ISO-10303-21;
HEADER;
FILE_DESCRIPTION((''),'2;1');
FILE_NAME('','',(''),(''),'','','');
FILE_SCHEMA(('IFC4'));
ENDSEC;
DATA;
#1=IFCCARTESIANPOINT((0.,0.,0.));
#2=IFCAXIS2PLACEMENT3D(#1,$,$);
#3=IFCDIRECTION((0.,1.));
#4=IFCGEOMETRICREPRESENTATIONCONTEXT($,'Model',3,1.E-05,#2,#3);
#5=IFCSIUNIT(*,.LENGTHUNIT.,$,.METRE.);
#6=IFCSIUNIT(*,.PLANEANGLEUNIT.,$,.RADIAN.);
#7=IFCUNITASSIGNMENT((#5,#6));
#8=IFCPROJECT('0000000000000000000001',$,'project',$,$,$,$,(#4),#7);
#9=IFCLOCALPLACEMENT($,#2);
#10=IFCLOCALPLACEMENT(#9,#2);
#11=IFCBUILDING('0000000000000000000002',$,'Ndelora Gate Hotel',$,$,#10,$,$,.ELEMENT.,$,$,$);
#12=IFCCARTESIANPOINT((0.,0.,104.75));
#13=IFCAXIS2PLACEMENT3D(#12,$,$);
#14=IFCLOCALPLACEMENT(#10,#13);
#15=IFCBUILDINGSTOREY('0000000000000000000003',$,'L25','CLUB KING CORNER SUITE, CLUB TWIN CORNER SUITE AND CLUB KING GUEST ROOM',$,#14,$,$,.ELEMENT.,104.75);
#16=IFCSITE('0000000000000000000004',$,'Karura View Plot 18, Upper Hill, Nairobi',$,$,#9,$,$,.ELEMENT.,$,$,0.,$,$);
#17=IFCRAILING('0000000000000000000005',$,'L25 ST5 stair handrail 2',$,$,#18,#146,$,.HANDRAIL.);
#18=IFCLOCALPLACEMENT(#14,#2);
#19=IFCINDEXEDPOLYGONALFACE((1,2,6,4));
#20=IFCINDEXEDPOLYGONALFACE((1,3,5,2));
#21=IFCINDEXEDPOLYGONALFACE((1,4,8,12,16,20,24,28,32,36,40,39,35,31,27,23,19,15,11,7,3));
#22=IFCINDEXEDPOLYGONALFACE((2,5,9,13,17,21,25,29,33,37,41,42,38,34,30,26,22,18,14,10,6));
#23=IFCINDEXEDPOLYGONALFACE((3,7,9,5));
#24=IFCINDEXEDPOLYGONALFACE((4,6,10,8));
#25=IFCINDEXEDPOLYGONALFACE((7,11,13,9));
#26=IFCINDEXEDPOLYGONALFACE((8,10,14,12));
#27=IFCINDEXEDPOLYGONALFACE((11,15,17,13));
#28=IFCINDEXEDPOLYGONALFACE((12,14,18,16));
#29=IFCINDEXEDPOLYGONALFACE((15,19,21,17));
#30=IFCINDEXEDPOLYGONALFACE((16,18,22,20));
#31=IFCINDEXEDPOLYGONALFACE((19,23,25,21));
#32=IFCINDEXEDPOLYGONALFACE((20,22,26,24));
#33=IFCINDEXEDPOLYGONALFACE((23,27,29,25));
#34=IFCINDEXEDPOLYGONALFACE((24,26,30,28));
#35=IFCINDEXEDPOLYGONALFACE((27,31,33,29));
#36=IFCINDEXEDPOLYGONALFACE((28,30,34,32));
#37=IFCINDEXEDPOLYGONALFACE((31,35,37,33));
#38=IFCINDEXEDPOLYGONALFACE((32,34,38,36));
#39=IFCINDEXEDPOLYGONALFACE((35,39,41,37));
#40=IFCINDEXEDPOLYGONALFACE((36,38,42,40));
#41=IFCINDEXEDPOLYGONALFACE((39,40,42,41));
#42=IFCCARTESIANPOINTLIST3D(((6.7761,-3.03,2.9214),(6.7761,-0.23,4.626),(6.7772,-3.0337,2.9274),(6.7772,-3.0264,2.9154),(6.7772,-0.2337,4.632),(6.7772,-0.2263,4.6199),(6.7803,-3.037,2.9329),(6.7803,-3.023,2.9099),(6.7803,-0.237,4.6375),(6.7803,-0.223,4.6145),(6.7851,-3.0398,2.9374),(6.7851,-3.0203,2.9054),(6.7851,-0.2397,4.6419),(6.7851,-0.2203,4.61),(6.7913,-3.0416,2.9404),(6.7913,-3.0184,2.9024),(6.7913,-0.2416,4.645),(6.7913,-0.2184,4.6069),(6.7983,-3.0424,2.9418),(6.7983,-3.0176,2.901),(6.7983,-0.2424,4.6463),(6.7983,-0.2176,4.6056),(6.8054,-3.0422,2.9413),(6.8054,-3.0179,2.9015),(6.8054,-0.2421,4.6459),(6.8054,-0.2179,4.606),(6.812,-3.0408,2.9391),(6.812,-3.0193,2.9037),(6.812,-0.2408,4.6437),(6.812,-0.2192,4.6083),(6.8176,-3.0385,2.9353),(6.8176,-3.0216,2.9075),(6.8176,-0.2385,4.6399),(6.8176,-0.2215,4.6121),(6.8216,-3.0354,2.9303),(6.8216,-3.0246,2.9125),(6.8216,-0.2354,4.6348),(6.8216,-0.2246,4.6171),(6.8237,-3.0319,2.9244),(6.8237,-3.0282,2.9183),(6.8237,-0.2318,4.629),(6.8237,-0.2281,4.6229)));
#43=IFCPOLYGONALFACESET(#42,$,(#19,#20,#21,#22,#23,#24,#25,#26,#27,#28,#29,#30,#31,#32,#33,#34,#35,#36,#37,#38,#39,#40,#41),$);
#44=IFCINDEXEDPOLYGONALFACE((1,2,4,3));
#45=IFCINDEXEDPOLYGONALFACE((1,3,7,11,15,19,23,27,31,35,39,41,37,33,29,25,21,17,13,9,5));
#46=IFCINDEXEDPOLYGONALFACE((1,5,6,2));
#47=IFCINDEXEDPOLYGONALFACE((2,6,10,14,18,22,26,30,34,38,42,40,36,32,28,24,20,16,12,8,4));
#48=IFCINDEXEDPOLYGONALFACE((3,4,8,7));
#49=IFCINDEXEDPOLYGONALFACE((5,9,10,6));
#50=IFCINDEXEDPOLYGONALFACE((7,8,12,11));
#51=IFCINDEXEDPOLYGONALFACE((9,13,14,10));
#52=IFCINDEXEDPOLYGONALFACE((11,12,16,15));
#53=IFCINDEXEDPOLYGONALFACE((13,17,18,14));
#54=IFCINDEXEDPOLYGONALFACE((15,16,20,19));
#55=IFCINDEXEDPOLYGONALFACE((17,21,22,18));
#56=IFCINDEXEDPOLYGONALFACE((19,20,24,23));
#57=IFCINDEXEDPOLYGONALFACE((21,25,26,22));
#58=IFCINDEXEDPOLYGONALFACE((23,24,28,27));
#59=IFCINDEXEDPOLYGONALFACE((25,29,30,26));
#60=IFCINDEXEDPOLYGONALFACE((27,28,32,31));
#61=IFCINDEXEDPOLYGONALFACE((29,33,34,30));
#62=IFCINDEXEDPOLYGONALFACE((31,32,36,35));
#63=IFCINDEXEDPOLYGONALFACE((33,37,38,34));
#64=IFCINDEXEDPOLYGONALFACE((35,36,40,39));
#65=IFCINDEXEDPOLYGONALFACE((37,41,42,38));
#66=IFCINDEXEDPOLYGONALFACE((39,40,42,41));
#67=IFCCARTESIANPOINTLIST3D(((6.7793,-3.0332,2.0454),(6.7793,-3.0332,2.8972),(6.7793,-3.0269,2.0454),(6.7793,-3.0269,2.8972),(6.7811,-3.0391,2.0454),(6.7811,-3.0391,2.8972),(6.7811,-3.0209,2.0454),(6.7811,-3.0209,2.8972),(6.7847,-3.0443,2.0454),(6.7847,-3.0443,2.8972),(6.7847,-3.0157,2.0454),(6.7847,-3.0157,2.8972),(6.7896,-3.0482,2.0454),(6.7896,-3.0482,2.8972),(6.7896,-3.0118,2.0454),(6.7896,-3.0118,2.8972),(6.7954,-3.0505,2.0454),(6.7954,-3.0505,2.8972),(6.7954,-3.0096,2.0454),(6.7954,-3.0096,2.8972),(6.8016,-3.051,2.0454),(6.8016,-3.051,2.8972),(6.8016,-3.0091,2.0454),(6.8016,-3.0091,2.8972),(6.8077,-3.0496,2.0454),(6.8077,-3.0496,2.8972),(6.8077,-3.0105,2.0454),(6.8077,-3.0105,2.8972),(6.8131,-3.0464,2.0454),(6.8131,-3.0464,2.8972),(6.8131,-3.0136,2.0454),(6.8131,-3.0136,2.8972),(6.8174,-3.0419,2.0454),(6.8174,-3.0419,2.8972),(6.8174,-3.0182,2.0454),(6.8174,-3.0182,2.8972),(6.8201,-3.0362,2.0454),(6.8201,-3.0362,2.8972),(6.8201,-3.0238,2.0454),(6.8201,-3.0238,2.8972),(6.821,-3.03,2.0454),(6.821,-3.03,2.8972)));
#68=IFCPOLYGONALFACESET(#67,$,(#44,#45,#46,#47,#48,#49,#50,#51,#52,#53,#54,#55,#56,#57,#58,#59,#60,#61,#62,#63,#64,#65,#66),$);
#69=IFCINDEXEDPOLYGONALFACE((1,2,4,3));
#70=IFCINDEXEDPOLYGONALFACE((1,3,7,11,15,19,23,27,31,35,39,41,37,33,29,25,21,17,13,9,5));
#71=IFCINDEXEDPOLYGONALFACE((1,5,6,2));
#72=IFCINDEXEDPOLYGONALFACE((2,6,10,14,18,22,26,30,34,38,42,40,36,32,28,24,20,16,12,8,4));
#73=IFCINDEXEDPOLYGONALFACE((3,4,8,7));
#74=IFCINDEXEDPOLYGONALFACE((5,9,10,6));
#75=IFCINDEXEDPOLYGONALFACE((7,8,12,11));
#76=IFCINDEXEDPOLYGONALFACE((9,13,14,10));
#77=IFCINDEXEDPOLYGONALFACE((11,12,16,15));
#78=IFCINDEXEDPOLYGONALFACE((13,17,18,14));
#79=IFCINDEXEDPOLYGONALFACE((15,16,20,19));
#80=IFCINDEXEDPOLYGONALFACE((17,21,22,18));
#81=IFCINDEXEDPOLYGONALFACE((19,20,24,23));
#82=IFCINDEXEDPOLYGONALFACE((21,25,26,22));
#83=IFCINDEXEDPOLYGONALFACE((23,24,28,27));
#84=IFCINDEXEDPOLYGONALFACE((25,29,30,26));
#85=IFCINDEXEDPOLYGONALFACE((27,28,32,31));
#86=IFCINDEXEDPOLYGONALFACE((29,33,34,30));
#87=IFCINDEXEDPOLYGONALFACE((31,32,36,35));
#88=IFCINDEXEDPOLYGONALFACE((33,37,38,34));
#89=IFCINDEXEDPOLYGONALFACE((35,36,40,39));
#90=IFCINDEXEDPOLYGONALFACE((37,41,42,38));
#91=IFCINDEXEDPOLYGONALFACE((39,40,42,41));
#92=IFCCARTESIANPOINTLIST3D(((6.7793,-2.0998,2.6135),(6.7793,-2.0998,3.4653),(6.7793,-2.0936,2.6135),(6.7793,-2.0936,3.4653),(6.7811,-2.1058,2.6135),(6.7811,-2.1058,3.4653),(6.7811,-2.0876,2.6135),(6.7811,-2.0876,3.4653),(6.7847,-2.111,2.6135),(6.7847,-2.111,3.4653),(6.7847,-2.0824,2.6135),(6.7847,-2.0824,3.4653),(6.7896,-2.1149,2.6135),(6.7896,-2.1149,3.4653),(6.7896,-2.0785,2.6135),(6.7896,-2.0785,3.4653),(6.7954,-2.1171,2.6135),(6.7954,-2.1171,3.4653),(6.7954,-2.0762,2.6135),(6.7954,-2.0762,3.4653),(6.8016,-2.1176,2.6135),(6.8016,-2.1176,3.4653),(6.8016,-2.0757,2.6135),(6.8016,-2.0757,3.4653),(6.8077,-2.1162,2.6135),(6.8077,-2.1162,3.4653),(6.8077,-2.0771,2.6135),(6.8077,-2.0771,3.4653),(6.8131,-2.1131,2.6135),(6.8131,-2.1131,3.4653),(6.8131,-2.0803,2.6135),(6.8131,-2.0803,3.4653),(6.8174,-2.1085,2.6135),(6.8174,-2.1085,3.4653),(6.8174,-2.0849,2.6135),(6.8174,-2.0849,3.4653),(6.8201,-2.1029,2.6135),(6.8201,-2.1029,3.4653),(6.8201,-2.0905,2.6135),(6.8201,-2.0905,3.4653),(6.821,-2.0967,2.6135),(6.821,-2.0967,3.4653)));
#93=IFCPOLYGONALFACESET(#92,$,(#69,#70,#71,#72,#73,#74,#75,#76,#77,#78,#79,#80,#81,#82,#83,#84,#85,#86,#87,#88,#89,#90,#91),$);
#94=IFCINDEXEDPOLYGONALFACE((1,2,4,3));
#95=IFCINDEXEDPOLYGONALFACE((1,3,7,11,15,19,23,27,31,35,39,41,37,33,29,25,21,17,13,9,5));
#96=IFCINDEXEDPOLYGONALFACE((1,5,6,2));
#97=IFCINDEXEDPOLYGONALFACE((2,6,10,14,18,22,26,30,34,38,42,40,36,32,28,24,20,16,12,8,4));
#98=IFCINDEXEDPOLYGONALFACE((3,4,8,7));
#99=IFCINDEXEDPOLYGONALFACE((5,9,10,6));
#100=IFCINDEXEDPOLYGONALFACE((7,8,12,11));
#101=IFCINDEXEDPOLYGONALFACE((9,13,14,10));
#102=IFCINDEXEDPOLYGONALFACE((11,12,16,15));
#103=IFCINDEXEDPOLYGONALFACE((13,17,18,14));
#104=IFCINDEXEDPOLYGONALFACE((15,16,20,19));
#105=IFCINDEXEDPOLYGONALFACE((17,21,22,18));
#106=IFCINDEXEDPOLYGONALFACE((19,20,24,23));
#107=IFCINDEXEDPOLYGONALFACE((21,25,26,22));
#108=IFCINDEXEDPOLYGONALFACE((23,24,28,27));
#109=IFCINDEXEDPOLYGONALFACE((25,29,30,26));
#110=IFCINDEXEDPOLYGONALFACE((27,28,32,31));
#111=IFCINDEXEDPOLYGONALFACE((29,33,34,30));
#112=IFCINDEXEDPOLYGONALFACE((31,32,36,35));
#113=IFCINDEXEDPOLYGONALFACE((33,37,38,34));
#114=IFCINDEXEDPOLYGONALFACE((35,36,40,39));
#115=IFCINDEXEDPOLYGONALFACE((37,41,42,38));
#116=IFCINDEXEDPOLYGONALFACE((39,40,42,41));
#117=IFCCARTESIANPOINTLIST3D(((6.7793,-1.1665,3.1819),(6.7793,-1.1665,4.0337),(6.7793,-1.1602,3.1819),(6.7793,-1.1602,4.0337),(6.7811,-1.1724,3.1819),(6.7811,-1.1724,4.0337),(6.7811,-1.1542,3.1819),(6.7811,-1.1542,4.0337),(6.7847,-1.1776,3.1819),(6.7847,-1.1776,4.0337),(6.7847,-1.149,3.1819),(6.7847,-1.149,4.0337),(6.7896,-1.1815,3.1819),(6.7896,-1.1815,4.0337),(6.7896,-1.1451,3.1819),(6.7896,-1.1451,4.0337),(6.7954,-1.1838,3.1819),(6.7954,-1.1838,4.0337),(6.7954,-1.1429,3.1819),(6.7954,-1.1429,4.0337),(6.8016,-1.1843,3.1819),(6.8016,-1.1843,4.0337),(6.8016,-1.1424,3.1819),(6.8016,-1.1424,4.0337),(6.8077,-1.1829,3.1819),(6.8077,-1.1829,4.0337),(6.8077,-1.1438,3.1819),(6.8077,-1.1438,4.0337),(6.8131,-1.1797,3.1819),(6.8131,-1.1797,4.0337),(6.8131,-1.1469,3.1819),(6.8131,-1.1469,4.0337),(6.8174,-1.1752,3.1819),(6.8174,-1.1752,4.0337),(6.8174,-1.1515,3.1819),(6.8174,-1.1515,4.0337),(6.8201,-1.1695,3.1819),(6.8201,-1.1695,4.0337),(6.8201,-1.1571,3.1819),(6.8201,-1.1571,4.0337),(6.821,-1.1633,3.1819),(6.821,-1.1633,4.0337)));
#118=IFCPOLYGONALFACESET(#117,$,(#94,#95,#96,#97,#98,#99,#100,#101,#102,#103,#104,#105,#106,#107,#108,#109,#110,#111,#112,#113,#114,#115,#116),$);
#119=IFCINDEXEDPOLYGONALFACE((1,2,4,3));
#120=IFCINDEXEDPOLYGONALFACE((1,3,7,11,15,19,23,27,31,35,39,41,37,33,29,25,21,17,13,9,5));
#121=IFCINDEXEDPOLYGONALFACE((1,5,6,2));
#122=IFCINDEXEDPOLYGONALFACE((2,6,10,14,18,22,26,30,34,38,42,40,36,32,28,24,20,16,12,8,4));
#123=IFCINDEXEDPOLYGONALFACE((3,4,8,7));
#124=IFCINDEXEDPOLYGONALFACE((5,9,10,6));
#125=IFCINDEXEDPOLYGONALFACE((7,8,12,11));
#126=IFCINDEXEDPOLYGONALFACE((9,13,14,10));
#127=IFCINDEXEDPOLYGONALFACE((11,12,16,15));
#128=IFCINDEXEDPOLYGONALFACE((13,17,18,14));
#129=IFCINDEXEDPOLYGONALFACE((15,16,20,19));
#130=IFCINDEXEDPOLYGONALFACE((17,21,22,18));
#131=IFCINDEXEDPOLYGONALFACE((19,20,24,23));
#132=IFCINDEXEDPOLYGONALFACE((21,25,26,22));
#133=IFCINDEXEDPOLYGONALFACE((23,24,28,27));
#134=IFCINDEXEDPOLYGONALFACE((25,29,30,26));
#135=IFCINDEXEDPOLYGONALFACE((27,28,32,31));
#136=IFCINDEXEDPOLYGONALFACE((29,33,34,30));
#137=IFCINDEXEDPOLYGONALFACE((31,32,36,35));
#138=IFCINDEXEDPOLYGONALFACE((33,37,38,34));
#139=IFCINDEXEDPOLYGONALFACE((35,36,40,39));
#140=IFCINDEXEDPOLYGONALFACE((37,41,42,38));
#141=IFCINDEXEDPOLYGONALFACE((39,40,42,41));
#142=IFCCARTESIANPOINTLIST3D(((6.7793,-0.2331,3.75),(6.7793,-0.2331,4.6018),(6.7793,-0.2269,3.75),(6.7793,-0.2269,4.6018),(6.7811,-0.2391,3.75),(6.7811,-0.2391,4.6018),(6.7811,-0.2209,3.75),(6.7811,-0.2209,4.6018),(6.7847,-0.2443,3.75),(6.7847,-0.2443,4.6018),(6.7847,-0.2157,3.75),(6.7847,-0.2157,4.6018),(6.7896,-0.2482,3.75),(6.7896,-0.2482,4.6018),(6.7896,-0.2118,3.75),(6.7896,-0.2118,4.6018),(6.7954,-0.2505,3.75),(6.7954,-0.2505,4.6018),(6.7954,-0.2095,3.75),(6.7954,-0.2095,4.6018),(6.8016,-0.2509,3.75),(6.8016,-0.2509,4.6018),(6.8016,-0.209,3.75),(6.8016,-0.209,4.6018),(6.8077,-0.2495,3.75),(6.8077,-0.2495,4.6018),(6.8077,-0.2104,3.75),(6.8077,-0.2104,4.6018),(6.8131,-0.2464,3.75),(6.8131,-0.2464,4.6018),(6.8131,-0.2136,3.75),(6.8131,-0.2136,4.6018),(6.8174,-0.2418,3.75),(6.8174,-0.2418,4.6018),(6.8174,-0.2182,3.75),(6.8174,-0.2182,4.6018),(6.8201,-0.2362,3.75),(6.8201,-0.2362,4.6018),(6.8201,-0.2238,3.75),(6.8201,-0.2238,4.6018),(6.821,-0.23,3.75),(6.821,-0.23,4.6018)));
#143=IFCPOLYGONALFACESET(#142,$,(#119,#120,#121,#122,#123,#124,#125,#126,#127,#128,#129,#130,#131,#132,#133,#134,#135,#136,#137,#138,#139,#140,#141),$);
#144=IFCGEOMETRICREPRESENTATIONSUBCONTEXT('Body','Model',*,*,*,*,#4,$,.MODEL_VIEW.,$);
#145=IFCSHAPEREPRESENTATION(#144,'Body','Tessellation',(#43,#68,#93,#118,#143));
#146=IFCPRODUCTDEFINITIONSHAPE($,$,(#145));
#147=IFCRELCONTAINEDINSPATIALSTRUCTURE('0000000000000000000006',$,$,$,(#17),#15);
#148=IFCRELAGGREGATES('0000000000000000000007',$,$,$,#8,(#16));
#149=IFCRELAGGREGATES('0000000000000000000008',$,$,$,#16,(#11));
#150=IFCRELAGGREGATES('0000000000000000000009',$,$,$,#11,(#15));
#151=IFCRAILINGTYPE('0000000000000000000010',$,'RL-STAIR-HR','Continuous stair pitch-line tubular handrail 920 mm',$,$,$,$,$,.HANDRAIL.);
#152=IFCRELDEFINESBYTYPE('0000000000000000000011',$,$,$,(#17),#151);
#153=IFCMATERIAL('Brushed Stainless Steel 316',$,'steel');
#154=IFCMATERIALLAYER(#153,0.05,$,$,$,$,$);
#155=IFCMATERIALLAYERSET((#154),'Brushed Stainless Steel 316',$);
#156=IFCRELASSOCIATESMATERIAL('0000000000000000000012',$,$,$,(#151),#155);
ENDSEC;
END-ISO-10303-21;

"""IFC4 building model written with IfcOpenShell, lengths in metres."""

from ifc_helpers import new_model, si_unit, direction, frame, origin, origin_2d, place, context, subcontext, project, spatial, circle, extrude, material, layer, layer_set, type_object, element, save


model = new_model("IFC4")

# Units and contexts
model_context = context("Model", 3, precision=1e-05, world=origin(), true_north=direction((0.0, 1.0)))
body_context = subcontext(model_context, "Body", "Model", "MODEL_VIEW")
ifc_project = project(units=[si_unit("LENGTHUNIT", "METRE"), si_unit("PLANEANGLEUNIT", "RADIAN")], contexts=[model_context])

# Site, building, storey
site_placement = place(None, origin())
site = spatial("IfcSite", under=ifc_project, at=site_placement, Name="Karura View Plot 18, Upper Hill, Nairobi", CompositionType="ELEMENT", RefElevation=0.0)
building_placement = place(site_placement, origin())
building = spatial("IfcBuilding", under=site, at=building_placement, Name="Ndelora Gate Hotel", CompositionType="ELEMENT")
storey_placement = place(building_placement, frame((0.0, 0.0, 104.75)))
storey = spatial("IfcBuildingStorey", under=building, at=storey_placement, Name="L25", Description="CLUB KING CORNER SUITE, CLUB TWIN CORNER SUITE AND CLUB KING GUEST ROOM", CompositionType="ELEMENT", Elevation=104.75)

# Railing
ifc_material_1 = material(Name="Brushed Stainless Steel 316", Category="steel")
ifc_layer_1 = layer(ifc_material_1, 0.05)
ifc_layer_set_1 = layer_set([ifc_layer_1], Name="Brushed Stainless Steel 316")
railing_type = type_object("IfcRailingType", Name="RL-STAIR-HR", Description="Continuous stair pitch-line tubular handrail 920 mm", PredefinedType="HANDRAIL", material=ifc_layer_set_1)
railing_placement = place(storey_placement, frame((6.8, -3.03, 2.0454)))
element("IfcRailing", 1, at=railing_placement, inside=storey, type_object=railing_type, Name="L25 ST5 stair handrail 2", PredefinedType="HANDRAIL", context=body_context, shape_type="SweptSolid", body=[
    extrude(circle(Radius=0.0239, at=origin_2d()), frame((0.0, 0.0, 0.876), z_axis=(0.0, 0.85417, 0.519994), x_axis=(-1.0, 0.0, 0.0)), (0.0, 0.0, 1.0), 3.2781),
    extrude(circle(Radius=0.021, at=origin_2d()), origin(), (0.0, 0.0, 1.0), 0.8518),
    extrude(circle(Radius=0.021, at=origin_2d()), frame((0.0, 0.9333, 0.5681)), (0.0, 0.0, 1.0), 0.8518),
    extrude(circle(Radius=0.021, at=origin_2d()), frame((0.0, 1.8667, 1.1365)), (0.0, 0.0, 1.0), 0.8518),
    extrude(circle(Radius=0.021, at=origin_2d()), frame((0.0, 2.8, 1.7046)), (0.0, 0.0, 1.0), 0.8518),
])

save(model, "model.ifc")
